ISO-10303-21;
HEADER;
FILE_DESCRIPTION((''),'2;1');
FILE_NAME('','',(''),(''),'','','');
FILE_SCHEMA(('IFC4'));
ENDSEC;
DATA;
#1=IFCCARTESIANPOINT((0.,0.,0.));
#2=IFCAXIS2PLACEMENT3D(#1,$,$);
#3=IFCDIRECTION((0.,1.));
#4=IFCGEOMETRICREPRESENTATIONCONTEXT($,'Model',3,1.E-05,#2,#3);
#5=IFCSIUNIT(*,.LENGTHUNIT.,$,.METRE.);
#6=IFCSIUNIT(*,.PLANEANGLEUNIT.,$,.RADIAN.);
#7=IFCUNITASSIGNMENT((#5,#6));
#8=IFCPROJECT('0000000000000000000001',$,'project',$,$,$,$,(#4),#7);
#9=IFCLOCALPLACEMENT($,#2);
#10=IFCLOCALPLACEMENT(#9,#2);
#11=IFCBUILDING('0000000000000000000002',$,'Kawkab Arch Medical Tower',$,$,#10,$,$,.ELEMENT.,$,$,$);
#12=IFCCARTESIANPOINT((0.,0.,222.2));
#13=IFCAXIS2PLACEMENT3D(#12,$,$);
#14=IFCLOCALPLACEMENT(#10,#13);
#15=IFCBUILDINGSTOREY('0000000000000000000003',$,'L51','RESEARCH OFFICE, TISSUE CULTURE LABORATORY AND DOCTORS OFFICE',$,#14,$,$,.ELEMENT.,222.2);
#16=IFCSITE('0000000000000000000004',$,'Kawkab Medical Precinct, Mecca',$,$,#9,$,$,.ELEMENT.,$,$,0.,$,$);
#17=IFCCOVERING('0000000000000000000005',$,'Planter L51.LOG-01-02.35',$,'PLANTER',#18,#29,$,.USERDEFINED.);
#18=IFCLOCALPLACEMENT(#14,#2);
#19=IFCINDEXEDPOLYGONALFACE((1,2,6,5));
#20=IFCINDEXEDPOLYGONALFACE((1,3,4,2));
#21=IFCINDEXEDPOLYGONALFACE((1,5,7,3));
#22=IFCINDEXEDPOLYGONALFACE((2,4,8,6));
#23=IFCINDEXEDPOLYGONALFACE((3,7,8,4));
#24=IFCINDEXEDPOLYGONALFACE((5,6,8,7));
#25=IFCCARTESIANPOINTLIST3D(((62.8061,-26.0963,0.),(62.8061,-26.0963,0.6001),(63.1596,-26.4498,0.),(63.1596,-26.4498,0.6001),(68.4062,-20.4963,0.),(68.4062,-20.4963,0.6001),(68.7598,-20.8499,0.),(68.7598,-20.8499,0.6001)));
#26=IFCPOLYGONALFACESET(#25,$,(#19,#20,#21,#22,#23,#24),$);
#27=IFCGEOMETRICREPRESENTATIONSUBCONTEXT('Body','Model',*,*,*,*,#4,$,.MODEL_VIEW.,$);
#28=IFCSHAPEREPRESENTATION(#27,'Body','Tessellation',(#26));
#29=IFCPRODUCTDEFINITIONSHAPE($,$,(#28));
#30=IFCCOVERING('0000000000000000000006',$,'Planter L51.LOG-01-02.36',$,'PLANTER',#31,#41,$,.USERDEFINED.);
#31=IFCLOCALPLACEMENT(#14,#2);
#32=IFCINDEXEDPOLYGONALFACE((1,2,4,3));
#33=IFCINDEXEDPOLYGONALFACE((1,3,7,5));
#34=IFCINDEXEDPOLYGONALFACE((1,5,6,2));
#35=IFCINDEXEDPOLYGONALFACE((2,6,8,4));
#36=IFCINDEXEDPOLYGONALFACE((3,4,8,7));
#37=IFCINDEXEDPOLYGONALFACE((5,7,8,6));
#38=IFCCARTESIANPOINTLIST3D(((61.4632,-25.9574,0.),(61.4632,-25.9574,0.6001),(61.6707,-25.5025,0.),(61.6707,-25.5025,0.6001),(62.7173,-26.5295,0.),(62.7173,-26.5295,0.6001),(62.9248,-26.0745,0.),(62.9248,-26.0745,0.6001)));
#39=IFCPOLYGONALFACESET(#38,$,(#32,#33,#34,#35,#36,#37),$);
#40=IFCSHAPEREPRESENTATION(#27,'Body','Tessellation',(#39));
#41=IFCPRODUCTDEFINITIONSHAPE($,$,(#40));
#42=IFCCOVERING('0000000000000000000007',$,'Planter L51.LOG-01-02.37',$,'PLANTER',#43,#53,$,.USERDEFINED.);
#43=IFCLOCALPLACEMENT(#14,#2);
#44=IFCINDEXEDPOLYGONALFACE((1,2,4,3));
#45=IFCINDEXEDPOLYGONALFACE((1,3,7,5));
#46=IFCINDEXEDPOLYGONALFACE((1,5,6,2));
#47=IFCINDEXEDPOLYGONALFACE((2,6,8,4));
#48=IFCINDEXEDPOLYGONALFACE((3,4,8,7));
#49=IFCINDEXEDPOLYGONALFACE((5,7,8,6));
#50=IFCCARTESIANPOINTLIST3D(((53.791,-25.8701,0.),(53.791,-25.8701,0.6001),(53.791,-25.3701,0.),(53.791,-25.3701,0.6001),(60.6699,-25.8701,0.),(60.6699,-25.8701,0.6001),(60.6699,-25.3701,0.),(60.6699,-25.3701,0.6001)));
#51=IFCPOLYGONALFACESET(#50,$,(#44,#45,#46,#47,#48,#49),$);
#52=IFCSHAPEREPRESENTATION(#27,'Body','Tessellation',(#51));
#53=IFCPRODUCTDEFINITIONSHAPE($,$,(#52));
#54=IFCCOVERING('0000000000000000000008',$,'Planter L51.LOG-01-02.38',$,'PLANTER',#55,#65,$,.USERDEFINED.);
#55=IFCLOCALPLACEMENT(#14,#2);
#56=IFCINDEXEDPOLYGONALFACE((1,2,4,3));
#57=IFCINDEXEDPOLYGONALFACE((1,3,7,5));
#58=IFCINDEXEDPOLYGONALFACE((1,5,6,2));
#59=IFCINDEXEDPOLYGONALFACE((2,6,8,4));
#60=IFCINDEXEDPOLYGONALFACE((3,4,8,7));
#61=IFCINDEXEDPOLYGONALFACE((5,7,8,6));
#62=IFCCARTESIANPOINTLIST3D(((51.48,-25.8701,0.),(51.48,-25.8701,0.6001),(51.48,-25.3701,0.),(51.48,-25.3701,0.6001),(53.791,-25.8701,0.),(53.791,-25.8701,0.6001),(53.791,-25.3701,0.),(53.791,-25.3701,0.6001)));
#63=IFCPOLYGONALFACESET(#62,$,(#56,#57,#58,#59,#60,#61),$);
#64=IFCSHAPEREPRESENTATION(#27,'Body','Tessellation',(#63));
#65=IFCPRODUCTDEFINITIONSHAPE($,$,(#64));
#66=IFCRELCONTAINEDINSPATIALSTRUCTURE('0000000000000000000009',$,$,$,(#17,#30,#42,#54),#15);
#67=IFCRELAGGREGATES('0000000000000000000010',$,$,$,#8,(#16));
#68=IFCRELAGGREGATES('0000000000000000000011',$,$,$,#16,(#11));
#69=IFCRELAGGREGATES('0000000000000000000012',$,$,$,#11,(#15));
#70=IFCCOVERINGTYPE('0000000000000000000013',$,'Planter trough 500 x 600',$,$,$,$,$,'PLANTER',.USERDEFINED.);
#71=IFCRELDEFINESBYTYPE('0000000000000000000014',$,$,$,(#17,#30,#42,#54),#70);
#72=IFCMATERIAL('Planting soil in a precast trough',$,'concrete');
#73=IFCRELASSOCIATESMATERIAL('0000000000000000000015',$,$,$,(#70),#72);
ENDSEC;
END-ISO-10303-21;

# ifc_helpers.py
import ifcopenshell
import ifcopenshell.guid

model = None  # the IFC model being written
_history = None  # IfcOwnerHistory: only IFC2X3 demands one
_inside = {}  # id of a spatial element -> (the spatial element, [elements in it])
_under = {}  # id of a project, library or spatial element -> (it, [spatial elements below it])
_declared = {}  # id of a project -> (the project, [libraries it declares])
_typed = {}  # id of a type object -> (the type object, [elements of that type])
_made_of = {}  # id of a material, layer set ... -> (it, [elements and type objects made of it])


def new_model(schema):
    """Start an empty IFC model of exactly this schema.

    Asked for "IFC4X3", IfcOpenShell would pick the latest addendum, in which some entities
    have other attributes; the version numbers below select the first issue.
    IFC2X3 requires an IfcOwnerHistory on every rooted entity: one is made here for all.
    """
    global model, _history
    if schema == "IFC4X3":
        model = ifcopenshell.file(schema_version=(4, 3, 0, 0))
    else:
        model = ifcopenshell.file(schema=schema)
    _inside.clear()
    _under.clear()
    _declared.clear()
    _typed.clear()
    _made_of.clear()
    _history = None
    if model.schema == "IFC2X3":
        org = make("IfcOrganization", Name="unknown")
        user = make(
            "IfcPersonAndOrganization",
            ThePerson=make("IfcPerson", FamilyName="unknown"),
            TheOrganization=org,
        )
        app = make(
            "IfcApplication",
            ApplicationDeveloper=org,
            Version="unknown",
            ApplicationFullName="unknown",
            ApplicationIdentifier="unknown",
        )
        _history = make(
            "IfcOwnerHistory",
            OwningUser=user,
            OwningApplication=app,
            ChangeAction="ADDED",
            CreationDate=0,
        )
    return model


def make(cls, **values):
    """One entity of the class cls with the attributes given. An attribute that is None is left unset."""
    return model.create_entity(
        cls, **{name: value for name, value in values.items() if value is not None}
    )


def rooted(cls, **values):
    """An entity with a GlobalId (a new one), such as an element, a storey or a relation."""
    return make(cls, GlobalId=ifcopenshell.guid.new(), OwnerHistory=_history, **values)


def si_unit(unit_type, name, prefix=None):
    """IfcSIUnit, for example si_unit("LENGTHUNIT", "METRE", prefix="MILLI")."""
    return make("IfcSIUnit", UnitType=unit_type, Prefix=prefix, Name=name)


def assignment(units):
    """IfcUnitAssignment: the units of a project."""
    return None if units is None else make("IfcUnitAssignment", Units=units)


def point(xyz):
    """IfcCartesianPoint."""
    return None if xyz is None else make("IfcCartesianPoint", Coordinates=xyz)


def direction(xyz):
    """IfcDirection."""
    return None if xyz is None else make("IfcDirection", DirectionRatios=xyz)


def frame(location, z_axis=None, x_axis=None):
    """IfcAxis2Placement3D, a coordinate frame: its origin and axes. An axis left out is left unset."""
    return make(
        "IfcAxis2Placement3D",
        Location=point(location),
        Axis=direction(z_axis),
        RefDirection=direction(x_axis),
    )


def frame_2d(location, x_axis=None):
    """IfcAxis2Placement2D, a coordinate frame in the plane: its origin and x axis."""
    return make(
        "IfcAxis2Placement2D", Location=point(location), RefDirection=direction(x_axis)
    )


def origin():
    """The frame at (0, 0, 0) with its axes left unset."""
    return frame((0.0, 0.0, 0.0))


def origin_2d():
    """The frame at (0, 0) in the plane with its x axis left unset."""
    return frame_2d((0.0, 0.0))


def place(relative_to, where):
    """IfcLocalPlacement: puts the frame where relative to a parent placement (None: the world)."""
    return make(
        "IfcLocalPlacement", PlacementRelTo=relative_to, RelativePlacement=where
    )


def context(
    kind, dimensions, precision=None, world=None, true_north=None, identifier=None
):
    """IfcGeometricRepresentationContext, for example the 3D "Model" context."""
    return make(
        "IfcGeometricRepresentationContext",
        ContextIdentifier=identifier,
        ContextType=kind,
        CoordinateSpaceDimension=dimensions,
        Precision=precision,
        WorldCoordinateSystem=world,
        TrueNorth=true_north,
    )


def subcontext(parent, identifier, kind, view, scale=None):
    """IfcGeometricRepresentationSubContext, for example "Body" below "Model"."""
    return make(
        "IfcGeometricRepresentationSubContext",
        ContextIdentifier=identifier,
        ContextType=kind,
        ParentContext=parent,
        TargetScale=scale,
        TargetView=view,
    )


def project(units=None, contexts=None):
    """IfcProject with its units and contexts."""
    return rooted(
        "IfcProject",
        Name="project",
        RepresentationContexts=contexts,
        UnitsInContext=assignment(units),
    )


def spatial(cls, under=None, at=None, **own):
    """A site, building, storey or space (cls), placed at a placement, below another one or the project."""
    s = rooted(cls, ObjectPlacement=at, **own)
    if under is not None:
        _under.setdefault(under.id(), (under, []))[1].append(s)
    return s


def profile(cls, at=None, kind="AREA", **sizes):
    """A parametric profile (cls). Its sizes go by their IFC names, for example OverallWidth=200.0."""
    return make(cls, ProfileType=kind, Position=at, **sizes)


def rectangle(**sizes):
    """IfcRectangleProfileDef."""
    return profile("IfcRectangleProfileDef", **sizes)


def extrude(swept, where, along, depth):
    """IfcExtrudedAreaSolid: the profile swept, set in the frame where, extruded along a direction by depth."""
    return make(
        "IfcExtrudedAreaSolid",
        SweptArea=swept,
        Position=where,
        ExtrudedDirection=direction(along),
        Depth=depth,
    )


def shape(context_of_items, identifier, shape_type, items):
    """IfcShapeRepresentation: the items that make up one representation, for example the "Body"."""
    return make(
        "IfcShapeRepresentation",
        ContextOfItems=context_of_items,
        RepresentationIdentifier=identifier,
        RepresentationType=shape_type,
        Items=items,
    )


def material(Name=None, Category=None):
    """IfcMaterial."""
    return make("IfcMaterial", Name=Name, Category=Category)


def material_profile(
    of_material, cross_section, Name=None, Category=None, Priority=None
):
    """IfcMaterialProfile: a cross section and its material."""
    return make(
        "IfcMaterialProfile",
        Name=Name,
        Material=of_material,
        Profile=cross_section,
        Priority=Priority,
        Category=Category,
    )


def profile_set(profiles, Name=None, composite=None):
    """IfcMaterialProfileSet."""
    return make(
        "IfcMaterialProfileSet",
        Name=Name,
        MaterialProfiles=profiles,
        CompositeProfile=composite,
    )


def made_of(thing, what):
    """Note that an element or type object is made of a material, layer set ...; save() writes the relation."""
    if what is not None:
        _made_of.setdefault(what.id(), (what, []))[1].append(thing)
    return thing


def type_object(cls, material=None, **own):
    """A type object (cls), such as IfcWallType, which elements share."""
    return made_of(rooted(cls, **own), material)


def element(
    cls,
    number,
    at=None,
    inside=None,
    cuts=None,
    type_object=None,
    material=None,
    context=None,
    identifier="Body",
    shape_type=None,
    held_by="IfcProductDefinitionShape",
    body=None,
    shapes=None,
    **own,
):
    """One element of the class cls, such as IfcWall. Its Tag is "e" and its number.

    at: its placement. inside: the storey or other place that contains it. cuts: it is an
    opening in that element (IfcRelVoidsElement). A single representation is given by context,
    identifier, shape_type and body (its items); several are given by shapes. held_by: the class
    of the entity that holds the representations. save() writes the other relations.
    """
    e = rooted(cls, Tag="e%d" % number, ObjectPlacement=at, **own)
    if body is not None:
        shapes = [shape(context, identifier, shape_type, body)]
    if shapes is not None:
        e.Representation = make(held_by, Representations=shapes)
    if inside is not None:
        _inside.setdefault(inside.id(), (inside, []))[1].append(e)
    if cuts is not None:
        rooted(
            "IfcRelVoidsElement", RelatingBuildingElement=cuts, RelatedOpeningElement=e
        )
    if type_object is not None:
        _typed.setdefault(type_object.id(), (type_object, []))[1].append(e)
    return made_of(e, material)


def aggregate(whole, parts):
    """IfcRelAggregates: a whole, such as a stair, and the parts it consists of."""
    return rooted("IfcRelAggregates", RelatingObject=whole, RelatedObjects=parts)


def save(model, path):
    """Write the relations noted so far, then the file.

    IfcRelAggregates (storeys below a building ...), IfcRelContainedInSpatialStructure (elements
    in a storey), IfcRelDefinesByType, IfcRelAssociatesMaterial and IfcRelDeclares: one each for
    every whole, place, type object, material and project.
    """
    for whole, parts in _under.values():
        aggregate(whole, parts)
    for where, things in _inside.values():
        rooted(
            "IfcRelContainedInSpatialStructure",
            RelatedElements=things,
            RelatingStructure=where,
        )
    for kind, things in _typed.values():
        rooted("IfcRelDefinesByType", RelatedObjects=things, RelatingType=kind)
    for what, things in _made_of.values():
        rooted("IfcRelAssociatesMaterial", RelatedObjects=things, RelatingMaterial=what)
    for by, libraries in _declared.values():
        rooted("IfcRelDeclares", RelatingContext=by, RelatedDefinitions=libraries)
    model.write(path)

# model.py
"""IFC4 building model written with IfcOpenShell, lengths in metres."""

from ifc_helpers import new_model, si_unit, direction, frame, origin, origin_2d, place, context, subcontext, project, spatial, rectangle, extrude, material, material_profile, profile_set, type_object, element, save


model = new_model("IFC4")

# Units and contexts
model_context = context("Model", 3, precision=1e-05, world=origin(), true_north=direction((0.0, 1.0)))
body_context = subcontext(model_context, "Body", "Model", "MODEL_VIEW")
ifc_project = project(units=[si_unit("LENGTHUNIT", "METRE"), si_unit("PLANEANGLEUNIT", "RADIAN")], contexts=[model_context])

# Site, building, storey
site_placement = place(None, origin())
site = spatial("IfcSite", under=ifc_project, at=site_placement, Name="Kawkab Medical Precinct, Mecca", CompositionType="ELEMENT", RefElevation=0.0)
building_placement = place(site_placement, origin())
building = spatial("IfcBuilding", under=site, at=building_placement, Name="Kawkab Arch Medical Tower", CompositionType="ELEMENT")
storey_placement = place(building_placement, frame((0.0, 0.0, 222.2)))
storey = spatial("IfcBuildingStorey", under=building, at=storey_placement, Name="L51", Description="RESEARCH OFFICE, TISSUE CULTURE LABORATORY AND DOCTORS OFFICE", CompositionType="ELEMENT", Elevation=222.2)

# Coverings
ifc_material_1 = material(Name="Planting soil in a precast trough", Category="concrete")
ifc_material_profile_1 = material_profile(ifc_material_1, rectangle(XDim=0.5, YDim=0.6001, at=origin_2d()), Name="Trough 500x600")
ifc_profile_set_1 = profile_set([ifc_material_profile_1], Name="Planting soil in a precast trough")
covering_type_1 = type_object("IfcCoveringType", Name="Planter trough 500 x 600", ElementType="PLANTER", PredefinedType="USERDEFINED", material=ifc_profile_set_1)
covering_1_placement = place(storey_placement, frame((68.583, -20.6731, 0.3), z_axis=(-0.707122, -0.707091, 0.0), x_axis=(0.707091, -0.707122, 0.0)))
element("IfcCovering", 1, at=covering_1_placement, inside=storey, type_object=covering_type_1, Name="Planter L51.LOG-01-02.35", ObjectType="PLANTER", PredefinedType="USERDEFINED", context=body_context, shape_type="SweptSolid", body=[
    extrude(rectangle(XDim=0.5, YDim=0.6001, at=origin_2d()), origin(), (0.0, 0.0, 1.0), 7.9197),
])
covering_2_placement = place(storey_placement, frame((62.821, -26.302, 0.3), z_axis=(-0.909832, 0.414977, 0.0), x_axis=(-0.414977, -0.909832, 0.0)))
element("IfcCovering", 2, at=covering_2_placement, inside=storey, type_object=covering_type_1, Name="Planter L51.LOG-01-02.36", ObjectType="PLANTER", PredefinedType="USERDEFINED", context=body_context, shape_type="SweptSolid", body=[
    extrude(rectangle(XDim=0.5, YDim=0.6001, at=origin_2d()), origin(), (0.0, 0.0, 1.0), 1.3784),
])
covering_3_placement = place(storey_placement, frame((60.6699, -25.6201, 0.3), z_axis=(-1.0, 0.0, 0.0), x_axis=(0.0, -1.0, 0.0)))
element("IfcCovering", 3, at=covering_3_placement, inside=storey, type_object=covering_type_1, Name="Planter L51.LOG-01-02.37", ObjectType="PLANTER", PredefinedType="USERDEFINED", context=body_context, shape_type="SweptSolid", body=[
    extrude(rectangle(XDim=0.5, YDim=0.6001, at=origin_2d()), origin(), (0.0, 0.0, 1.0), 6.8789),
])
covering_4_placement = place(storey_placement, frame((53.791, -25.6201, 0.3), z_axis=(-1.0, 0.0, 0.0), x_axis=(0.0, -1.0, 0.0)))
element("IfcCovering", 4, at=covering_4_placement, inside=storey, type_object=covering_type_1, Name="Planter L51.LOG-01-02.38", ObjectType="PLANTER", PredefinedType="USERDEFINED", context=body_context, shape_type="SweptSolid", body=[
    extrude(rectangle(XDim=0.5, YDim=0.6001, at=origin_2d()), origin(), (0.0, 0.0, 1.0), 2.311),
])

save(model, "model.ifc")
